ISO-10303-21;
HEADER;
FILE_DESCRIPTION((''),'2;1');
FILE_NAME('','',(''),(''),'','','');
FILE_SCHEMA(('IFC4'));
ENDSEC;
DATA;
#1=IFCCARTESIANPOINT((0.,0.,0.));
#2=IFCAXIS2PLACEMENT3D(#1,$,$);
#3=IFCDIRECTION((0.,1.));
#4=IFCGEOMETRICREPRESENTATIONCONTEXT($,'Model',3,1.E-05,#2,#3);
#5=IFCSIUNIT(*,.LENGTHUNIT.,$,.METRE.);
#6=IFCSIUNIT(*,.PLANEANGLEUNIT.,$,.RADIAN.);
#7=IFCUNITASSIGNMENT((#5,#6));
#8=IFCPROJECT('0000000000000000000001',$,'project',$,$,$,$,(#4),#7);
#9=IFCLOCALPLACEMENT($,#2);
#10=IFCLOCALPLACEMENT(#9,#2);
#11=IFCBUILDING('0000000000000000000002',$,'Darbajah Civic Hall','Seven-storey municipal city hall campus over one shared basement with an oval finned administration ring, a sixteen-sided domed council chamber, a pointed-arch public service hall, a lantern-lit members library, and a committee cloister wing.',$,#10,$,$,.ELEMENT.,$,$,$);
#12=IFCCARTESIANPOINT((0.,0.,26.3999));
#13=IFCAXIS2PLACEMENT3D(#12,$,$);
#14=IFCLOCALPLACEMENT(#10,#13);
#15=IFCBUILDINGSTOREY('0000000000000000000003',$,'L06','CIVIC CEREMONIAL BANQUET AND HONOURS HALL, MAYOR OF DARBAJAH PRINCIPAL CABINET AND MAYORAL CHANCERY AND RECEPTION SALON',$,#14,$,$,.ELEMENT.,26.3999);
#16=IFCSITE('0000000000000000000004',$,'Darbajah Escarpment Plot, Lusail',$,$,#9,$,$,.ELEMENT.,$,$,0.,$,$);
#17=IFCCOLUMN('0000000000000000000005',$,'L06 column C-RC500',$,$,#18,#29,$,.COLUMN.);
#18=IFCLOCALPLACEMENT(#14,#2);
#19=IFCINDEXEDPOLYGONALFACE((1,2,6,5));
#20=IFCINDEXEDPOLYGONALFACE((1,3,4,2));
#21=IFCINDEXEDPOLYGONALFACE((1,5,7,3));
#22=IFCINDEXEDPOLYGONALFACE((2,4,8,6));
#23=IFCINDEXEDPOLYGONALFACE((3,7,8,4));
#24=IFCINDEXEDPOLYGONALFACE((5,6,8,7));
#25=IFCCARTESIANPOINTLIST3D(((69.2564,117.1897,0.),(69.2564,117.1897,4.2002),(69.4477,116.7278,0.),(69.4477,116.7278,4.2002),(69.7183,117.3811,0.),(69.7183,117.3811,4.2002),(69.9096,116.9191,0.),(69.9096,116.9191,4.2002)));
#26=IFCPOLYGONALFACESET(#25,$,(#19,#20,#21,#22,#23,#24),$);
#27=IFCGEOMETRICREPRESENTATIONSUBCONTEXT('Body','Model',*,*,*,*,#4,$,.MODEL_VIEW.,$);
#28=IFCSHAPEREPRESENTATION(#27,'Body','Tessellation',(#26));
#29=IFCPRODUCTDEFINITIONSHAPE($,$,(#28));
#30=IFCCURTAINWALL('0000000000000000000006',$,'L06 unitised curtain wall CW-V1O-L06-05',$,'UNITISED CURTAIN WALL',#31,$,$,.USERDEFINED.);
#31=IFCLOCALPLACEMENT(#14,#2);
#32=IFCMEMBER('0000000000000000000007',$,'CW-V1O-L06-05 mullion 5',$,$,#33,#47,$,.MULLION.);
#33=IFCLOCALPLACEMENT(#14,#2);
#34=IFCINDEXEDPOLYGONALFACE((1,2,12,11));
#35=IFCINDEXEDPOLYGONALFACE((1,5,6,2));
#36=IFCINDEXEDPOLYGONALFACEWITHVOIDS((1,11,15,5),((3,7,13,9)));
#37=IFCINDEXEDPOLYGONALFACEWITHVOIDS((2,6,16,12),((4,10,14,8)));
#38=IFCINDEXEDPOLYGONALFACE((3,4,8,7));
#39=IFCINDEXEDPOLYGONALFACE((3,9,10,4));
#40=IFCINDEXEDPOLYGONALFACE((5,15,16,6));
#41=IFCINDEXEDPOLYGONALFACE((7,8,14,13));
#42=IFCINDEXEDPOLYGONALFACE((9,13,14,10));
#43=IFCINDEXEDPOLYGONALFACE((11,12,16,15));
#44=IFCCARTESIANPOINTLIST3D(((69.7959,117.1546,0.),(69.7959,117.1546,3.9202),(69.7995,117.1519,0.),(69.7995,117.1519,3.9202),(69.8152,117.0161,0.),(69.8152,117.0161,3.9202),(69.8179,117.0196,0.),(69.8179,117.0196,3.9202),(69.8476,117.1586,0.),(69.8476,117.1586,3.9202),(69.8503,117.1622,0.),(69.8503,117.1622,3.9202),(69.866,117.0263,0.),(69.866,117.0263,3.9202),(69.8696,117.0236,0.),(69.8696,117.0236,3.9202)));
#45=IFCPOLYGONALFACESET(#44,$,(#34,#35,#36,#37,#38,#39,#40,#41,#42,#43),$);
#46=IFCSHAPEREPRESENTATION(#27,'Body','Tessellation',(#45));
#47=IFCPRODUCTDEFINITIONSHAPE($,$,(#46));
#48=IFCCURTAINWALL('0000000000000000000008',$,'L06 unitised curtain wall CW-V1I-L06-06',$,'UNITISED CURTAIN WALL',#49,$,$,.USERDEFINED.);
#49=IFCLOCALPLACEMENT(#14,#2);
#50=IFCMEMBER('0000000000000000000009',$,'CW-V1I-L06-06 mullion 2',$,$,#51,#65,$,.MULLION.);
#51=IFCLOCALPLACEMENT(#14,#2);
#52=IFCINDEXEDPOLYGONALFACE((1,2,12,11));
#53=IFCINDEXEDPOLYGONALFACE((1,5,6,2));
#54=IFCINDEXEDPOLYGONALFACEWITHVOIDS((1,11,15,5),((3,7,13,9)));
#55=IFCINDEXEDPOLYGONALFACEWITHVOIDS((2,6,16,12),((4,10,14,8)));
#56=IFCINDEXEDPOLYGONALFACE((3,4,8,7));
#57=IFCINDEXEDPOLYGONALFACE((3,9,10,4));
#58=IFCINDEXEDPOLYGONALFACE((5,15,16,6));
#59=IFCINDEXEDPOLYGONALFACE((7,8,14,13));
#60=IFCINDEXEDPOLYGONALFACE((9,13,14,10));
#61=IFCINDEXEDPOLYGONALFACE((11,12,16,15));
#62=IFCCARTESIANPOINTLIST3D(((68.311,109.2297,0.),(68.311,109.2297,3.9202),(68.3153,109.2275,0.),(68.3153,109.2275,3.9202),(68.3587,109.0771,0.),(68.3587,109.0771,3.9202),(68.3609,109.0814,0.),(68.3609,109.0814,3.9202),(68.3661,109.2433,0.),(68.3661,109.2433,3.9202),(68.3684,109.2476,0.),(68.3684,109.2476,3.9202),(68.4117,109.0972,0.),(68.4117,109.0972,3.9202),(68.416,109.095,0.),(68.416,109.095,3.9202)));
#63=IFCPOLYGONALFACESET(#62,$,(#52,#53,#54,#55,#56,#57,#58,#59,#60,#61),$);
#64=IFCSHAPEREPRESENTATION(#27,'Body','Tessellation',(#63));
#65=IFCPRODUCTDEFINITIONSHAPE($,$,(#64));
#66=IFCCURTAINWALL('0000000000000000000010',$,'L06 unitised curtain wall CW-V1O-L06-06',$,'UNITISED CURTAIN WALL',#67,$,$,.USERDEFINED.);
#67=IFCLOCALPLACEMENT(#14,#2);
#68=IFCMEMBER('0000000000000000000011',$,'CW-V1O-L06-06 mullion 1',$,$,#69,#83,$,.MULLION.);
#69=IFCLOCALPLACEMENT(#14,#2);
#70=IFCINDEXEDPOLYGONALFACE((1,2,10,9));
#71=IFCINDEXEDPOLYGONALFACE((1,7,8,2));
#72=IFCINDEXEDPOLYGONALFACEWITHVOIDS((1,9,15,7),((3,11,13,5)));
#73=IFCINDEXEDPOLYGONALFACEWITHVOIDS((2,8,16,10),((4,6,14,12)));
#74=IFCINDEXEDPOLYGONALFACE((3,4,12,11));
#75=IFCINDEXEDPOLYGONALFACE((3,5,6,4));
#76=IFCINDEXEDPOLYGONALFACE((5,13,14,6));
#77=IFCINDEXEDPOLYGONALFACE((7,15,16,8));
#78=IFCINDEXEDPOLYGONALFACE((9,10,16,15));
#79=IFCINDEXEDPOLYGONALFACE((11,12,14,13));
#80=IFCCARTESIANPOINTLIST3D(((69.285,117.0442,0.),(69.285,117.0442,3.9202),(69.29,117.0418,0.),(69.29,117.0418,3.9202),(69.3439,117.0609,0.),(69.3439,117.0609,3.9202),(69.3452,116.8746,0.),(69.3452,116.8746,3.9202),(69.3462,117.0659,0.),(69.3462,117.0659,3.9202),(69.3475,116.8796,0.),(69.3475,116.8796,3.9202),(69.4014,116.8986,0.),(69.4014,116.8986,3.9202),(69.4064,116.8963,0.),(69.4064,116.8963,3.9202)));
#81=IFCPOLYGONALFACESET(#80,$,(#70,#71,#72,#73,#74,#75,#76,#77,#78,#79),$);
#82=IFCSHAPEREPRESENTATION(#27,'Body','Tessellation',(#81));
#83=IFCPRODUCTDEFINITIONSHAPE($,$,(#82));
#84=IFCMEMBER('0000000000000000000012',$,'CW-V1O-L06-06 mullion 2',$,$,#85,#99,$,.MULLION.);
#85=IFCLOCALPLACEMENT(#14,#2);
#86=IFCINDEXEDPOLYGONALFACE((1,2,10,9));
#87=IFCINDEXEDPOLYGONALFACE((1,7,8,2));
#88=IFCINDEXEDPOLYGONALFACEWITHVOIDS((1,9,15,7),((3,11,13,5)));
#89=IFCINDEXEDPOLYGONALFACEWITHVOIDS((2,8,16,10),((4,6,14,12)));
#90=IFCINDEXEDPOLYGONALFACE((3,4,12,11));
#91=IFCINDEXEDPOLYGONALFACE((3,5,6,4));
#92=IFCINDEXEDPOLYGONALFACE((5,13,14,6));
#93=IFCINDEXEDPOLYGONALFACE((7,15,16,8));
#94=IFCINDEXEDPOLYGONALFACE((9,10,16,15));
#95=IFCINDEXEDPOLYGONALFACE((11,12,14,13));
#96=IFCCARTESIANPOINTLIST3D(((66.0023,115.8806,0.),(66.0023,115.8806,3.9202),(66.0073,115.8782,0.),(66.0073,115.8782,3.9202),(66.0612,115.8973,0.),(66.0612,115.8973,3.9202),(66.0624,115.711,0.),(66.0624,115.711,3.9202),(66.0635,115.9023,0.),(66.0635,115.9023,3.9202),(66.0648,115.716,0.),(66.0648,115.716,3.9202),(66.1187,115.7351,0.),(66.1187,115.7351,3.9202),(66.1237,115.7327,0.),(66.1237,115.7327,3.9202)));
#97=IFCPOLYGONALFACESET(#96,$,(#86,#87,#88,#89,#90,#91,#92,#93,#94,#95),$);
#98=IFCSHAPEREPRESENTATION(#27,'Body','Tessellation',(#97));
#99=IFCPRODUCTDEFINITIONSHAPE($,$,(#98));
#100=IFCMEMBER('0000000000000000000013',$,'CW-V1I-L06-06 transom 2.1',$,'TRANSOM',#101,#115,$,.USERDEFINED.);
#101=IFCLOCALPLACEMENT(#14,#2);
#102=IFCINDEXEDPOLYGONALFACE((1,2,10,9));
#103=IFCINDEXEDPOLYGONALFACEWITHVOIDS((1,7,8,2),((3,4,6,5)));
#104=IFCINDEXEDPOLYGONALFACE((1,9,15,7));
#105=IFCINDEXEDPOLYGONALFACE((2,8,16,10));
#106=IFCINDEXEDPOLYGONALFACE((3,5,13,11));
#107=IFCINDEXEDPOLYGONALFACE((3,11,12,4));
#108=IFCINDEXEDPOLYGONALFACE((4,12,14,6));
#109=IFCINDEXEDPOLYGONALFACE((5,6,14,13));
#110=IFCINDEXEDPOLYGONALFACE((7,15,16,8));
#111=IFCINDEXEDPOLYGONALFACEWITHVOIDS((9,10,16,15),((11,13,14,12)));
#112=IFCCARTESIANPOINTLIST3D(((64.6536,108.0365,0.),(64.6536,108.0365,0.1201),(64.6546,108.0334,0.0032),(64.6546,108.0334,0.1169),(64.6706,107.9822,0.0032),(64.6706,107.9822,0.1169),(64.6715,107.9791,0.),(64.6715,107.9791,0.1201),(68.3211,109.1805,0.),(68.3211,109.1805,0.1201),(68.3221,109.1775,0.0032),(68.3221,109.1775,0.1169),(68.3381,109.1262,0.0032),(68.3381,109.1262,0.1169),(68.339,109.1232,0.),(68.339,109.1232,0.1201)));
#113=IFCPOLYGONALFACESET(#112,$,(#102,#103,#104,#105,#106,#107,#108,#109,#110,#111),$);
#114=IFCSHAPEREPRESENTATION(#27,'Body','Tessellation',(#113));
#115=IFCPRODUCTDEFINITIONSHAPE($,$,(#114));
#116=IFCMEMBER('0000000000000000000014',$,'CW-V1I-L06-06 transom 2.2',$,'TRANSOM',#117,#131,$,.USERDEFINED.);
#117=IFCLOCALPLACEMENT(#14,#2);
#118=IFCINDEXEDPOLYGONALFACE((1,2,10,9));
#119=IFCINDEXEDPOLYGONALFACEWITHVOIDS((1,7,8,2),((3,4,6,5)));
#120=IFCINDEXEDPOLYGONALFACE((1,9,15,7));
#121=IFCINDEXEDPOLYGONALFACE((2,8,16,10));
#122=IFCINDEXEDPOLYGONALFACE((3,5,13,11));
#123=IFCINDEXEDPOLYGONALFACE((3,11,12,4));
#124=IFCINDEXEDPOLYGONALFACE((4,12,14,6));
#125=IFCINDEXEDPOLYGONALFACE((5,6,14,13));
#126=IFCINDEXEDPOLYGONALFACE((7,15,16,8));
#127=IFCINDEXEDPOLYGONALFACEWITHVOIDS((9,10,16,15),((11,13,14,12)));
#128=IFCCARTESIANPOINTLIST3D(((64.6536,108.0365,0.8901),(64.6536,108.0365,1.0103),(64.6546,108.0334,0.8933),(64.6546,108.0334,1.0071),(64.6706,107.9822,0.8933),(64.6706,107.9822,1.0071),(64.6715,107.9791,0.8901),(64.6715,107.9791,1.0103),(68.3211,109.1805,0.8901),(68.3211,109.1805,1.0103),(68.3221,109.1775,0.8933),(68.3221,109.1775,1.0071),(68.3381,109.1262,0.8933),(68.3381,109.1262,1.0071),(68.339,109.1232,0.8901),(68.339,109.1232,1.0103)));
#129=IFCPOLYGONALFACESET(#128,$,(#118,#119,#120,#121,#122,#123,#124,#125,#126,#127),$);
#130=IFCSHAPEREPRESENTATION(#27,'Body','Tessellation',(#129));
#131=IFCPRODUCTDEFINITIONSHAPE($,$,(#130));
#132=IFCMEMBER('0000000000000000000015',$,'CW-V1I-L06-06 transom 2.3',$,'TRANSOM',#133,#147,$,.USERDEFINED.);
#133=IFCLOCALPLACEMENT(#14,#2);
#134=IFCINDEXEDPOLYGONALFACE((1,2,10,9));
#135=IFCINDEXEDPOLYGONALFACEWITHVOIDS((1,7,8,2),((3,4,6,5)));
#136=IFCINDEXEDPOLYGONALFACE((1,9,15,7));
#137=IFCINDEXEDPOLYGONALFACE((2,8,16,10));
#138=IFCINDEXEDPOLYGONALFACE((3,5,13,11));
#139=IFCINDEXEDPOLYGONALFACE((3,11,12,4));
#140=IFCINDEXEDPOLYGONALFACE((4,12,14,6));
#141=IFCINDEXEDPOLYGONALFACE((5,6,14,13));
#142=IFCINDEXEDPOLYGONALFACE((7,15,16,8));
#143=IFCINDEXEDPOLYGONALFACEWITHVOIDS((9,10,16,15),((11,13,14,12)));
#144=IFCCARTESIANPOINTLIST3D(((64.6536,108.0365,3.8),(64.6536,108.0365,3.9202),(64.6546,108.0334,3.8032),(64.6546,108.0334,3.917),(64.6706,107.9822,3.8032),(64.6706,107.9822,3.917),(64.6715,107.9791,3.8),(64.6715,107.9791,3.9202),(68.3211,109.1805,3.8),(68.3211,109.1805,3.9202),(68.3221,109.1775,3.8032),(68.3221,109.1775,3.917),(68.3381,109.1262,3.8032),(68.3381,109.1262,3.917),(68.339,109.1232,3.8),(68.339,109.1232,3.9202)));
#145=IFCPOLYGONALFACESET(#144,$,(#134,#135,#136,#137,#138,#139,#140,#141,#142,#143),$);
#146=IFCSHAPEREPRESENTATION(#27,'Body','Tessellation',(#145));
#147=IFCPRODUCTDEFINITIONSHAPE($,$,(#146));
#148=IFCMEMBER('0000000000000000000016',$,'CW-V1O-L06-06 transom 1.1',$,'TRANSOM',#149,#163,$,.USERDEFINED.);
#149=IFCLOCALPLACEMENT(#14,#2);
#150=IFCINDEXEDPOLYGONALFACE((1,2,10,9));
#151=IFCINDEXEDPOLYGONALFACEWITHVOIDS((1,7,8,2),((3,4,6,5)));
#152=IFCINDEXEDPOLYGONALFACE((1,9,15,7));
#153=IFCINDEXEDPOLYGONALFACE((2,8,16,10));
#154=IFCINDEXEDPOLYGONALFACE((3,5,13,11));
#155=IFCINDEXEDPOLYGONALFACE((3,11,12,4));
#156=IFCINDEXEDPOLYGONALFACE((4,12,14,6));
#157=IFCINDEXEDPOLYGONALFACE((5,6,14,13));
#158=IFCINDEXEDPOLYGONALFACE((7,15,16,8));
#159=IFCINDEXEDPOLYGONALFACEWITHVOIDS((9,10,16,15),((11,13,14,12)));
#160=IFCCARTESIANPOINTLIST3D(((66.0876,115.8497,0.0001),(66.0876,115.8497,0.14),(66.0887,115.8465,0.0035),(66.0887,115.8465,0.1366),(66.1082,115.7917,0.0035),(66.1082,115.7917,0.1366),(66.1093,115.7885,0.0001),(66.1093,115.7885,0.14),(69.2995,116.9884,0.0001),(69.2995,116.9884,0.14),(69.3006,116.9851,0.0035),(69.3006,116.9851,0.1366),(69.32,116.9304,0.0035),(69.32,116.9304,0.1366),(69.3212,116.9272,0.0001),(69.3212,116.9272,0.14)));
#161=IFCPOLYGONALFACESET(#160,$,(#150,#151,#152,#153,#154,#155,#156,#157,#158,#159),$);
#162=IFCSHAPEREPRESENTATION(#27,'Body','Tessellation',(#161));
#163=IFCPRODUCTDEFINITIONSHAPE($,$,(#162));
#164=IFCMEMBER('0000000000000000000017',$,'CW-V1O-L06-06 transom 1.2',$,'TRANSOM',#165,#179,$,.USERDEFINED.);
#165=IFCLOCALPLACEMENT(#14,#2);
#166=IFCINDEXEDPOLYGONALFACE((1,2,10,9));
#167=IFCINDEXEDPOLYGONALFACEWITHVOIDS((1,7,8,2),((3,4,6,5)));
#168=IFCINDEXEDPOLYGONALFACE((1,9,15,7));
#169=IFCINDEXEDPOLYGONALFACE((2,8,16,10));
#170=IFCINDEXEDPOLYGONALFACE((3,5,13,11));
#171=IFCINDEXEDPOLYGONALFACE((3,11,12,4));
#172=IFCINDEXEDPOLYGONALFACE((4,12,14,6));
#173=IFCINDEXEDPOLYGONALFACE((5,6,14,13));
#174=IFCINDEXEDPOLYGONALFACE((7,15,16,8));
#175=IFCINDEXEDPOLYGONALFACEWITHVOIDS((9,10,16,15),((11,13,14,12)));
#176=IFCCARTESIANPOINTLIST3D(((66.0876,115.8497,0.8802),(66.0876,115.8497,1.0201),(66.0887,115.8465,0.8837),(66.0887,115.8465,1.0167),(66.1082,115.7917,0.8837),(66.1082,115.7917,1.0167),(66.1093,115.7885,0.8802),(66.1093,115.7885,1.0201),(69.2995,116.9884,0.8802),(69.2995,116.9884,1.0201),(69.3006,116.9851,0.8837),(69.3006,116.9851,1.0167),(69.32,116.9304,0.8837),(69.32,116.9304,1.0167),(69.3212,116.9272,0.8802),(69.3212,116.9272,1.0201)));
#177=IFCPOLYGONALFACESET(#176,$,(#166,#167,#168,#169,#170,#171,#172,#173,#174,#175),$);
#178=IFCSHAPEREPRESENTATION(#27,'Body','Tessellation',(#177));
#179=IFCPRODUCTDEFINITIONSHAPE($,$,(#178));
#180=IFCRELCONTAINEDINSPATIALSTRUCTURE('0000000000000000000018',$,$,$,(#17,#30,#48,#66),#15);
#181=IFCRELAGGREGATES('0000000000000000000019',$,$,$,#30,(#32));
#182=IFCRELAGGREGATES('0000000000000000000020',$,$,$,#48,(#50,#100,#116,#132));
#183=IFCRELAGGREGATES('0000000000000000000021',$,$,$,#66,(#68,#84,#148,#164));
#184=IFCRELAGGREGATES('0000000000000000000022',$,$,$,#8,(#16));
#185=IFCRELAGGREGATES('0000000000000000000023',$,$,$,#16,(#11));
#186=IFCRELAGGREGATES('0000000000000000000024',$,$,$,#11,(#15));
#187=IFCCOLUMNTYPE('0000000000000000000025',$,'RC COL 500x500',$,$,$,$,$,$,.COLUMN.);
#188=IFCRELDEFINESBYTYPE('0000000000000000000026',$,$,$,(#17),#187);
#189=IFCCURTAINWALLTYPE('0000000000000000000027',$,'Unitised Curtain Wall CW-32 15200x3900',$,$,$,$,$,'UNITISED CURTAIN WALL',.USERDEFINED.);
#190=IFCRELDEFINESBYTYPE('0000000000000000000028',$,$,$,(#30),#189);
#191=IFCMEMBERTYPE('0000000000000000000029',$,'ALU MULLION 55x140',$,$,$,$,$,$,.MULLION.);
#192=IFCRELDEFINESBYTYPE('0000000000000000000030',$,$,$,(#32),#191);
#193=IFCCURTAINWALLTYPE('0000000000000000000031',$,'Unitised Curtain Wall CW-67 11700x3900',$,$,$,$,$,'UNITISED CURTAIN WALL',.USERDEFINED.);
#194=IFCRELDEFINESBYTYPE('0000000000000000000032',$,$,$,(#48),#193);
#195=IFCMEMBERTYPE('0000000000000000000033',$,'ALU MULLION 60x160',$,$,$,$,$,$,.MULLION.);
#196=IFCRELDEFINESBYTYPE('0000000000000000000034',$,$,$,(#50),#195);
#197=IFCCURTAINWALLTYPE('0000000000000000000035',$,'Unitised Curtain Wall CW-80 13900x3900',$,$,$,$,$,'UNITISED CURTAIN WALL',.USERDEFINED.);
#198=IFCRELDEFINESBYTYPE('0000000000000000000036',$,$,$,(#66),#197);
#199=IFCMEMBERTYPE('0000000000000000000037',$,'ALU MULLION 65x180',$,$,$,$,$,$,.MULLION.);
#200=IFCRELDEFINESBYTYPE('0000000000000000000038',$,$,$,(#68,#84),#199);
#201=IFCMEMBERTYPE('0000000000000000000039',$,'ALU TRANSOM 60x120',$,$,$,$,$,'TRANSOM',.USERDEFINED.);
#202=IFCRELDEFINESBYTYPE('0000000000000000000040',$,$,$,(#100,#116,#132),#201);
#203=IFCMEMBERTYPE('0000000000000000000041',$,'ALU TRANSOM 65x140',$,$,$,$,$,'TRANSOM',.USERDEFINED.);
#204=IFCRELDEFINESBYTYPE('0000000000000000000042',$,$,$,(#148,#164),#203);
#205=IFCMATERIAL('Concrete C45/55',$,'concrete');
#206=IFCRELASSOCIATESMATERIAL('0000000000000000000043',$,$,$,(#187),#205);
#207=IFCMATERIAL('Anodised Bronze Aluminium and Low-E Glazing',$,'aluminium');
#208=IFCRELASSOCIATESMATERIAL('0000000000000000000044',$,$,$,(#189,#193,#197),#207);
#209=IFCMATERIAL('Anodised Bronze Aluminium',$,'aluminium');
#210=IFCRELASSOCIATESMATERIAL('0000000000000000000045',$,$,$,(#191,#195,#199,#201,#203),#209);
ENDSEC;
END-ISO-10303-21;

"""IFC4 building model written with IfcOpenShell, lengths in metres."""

from ifc_helpers import new_model, si_unit, direction, frame, origin, origin_2d, place, context, subcontext, project, spatial, rectangle, hollow_rectangle, extrude, material, material_profile, profile_set, type_object, element, aggregate, save


model = new_model("IFC4")

# Units and contexts
model_context = context("Model", 3, precision=1e-05, world=origin(), true_north=direction((0.0, 1.0)))
body_context = subcontext(model_context, "Body", "Model", "MODEL_VIEW")
ifc_project = project(units=[si_unit("LENGTHUNIT", "METRE"), si_unit("PLANEANGLEUNIT", "RADIAN")], contexts=[model_context])

# Site, building, storey
site_placement = place(None, origin())
site = spatial("IfcSite", under=ifc_project, at=site_placement, Name="Darbajah Escarpment Plot, Lusail", CompositionType="ELEMENT", RefElevation=0.0)
building_placement = place(site_placement, origin())
building = spatial("IfcBuilding", under=site, at=building_placement, Name="Darbajah Civic Hall", Description="Seven-storey municipal city hall campus over one shared basement with an oval finned administration ring, a sixteen-sided domed council chamber, a pointed-arch public service hall, a lantern-lit members library, and a committee cloister wing.", CompositionType="ELEMENT")
storey_placement = place(building_placement, frame((0.0, 0.0, 26.3999)))
storey = spatial("IfcBuildingStorey", under=building, at=storey_placement, Name="L06", Description="CIVIC CEREMONIAL BANQUET AND HONOURS HALL, MAYOR OF DARBAJAH PRINCIPAL CABINET AND MAYORAL CHANCERY AND RECEPTION SALON", CompositionType="ELEMENT", Elevation=26.3999)

# Column
ifc_material_1 = material(Name="Concrete C45/55", Category="concrete")
ifc_material_profile_1 = material_profile(ifc_material_1, rectangle(XDim=0.5, YDim=0.5, at=origin_2d()), Name="RC COL 500x500")
ifc_profile_set_1 = profile_set([ifc_material_profile_1], Name="Concrete C45/55")
column_type = type_object("IfcColumnType", Name="RC COL 500x500", PredefinedType="COLUMN", material=ifc_profile_set_1)
column_placement = place(storey_placement, frame((69.583, 117.0544, 0.0), z_axis=(0.0, 0.0, 1.0), x_axis=(-0.382683, 0.92388, 0.0)))
element("IfcColumn", 1, at=column_placement, inside=storey, type_object=column_type, Name="L06 column C-RC500", PredefinedType="COLUMN", context=body_context, shape_type="SweptSolid", body=[
    extrude(rectangle(XDim=0.5, YDim=0.5, at=origin_2d()), origin(), (0.0, 0.0, 1.0), 4.2002),
])

# Curtain walls, members
ifc_material_2 = material(Name="Anodised Bronze Aluminium and Low-E Glazing", Category="aluminium")
curtain_wall_type_1 = type_object("IfcCurtainWallType", Name="Unitised Curtain Wall CW-32 15200x3900", ElementType="UNITISED CURTAIN WALL", PredefinedType="USERDEFINED", material=ifc_material_2)
curtain_wall_1_placement = place(storey_placement, origin())
curtain_wall_1 = element("IfcCurtainWall", 2, at=curtain_wall_1_placement, inside=storey, type_object=curtain_wall_type_1, Name="L06 unitised curtain wall CW-V1O-L06-05", ObjectType="UNITISED CURTAIN WALL", PredefinedType="USERDEFINED")
ifc_material_3 = material(Name="Anodised Bronze Aluminium", Category="aluminium")
ifc_material_profile_2 = material_profile(ifc_material_3, hollow_rectangle(XDim=0.0549, YDim=0.1399, WallThickness=0.0032, at=origin_2d()), Name="ALU MULLION 55x140")
ifc_profile_set_2 = profile_set([ifc_material_profile_2], Name="Anodised Bronze Aluminium")
member_type_1 = type_object("IfcMemberType", Name="ALU MULLION 55x140", PredefinedType="MULLION", material=ifc_profile_set_2)
member_1_placement = place(storey_placement, frame((69.8328, 117.0891, 0.0), z_axis=(0.0, 0.0, 1.0), x_axis=(-0.990485, -0.137617, 0.0)))
member_1 = element("IfcMember", 3, at=member_1_placement, type_object=member_type_1, Name="CW-V1O-L06-05 mullion 5", PredefinedType="MULLION", context=body_context, shape_type="SweptSolid", body=[
    extrude(hollow_rectangle(XDim=0.0549, YDim=0.1399, WallThickness=0.0032, at=origin_2d()), origin(), (0.0, 0.0, 1.0), 3.9202),
])
curtain_wall_type_2 = type_object("IfcCurtainWallType", Name="Unitised Curtain Wall CW-67 11700x3900", ElementType="UNITISED CURTAIN WALL", PredefinedType="USERDEFINED", material=ifc_material_2)
curtain_wall_2_placement = place(storey_placement, origin())
curtain_wall_2 = element("IfcCurtainWall", 4, at=curtain_wall_2_placement, inside=storey, type_object=curtain_wall_type_2, Name="L06 unitised curtain wall CW-V1I-L06-06", ObjectType="UNITISED CURTAIN WALL", PredefinedType="USERDEFINED")
ifc_material_profile_3 = material_profile(ifc_material_3, hollow_rectangle(XDim=0.0601, YDim=0.1599, WallThickness=0.0034, at=origin_2d()), Name="ALU MULLION 60x160")
ifc_profile_set_3 = profile_set([ifc_material_profile_3], Name="Anodised Bronze Aluminium")
member_type_2 = type_object("IfcMemberType", Name="ALU MULLION 60x160", PredefinedType="MULLION", material=ifc_profile_set_3)
member_2_placement = place(storey_placement, frame((68.3635, 109.1624, 0.0), z_axis=(0.0, 0.0, 1.0), x_axis=(-0.954605, -0.297875, 0.0)))
member_2 = element("IfcMember", 5, at=member_2_placement, type_object=member_type_2, Name="CW-V1I-L06-06 mullion 2", PredefinedType="MULLION", context=body_context, shape_type="SweptSolid", body=[
    extrude(hollow_rectangle(XDim=0.0601, YDim=0.1599, WallThickness=0.0034, at=origin_2d()), origin(), (0.0, 0.0, 1.0), 3.9202),
])

# Curtain wall, members
curtain_wall_type_3 = type_object("IfcCurtainWallType", Name="Unitised Curtain Wall CW-80 13900x3900", ElementType="UNITISED CURTAIN WALL", PredefinedType="USERDEFINED", material=ifc_material_2)
curtain_wall_3_placement = place(storey_placement, origin())
curtain_wall_3 = element("IfcCurtainWall", 6, at=curtain_wall_3_placement, inside=storey, type_object=curtain_wall_type_3, Name="L06 unitised curtain wall CW-V1O-L06-06", ObjectType="UNITISED CURTAIN WALL", PredefinedType="USERDEFINED")
ifc_material_profile_4 = material_profile(ifc_material_3, hollow_rectangle(XDim=0.0649, YDim=0.1799, WallThickness=0.0039, at=origin_2d()), Name="ALU MULLION 65x180")
ifc_profile_set_4 = profile_set([ifc_material_profile_4], Name="Anodised Bronze Aluminium")
member_type_3 = type_object("IfcMemberType", Name="ALU MULLION 65x180", PredefinedType="MULLION", material=ifc_profile_set_4)
member_3_placement = place(storey_placement, frame((69.3457, 116.9702, 0.0), z_axis=(0.0, 0.0, 1.0), x_axis=(-0.942525, -0.334136, 0.0)))
member_3 = element("IfcMember", 7, at=member_3_placement, type_object=member_type_3, Name="CW-V1O-L06-06 mullion 1", PredefinedType="MULLION", context=body_context, shape_type="SweptSolid", body=[
    extrude(hollow_rectangle(XDim=0.0649, YDim=0.1799, WallThickness=0.0039, at=origin_2d()), origin(), (0.0, 0.0, 1.0), 3.9202),
])
member_4_placement = place(storey_placement, frame((66.063, 115.8066, 0.0), z_axis=(0.0, 0.0, 1.0), x_axis=(-0.942525, -0.334136, 0.0)))
member_4 = element("IfcMember", 8, at=member_4_placement, type_object=member_type_3, Name="CW-V1O-L06-06 mullion 2", PredefinedType="MULLION", context=body_context, shape_type="SweptSolid", body=[
    extrude(hollow_rectangle(XDim=0.0649, YDim=0.1799, WallThickness=0.0039, at=origin_2d()), origin(), (0.0, 0.0, 1.0), 3.9202),
])

# Members
ifc_material_profile_5 = material_profile(ifc_material_3, hollow_rectangle(XDim=0.0601, YDim=0.1201, WallThickness=0.0032, at=origin_2d()), Name="ALU TRANSOM 60x120")
ifc_profile_set_5 = profile_set([ifc_material_profile_5], Name="Anodised Bronze Aluminium")
member_type_4 = type_object("IfcMemberType", Name="ALU TRANSOM 60x120", ElementType="TRANSOM", PredefinedType="USERDEFINED", material=ifc_profile_set_5)
member_5_placement = place(storey_placement, frame((68.3301, 109.1519, 0.0601), z_axis=(-0.954631, -0.29779, 0.0), x_axis=(0.29779, -0.954631, 0.0)))
member_5 = element("IfcMember", 9, at=member_5_placement, type_object=member_type_4, Name="CW-V1I-L06-06 transom 2.1", ObjectType="TRANSOM", PredefinedType="USERDEFINED", context=body_context, shape_type="SweptSolid", body=[
    extrude(hollow_rectangle(XDim=0.0601, YDim=0.1201, WallThickness=0.0032, at=origin_2d()), origin(), (0.0, 0.0, 1.0), 3.8418),
])
member_6_placement = place(storey_placement, frame((68.3301, 109.1519, 0.9502), z_axis=(-0.954631, -0.29779, 0.0), x_axis=(0.29779, -0.954631, 0.0)))
member_6 = element("IfcMember", 10, at=member_6_placement, type_object=member_type_4, Name="CW-V1I-L06-06 transom 2.2", ObjectType="TRANSOM", PredefinedType="USERDEFINED", context=body_context, shape_type="SweptSolid", body=[
    extrude(hollow_rectangle(XDim=0.0601, YDim=0.1201, WallThickness=0.0032, at=origin_2d()), origin(), (0.0, 0.0, 1.0), 3.8418),
])
member_7_placement = place(storey_placement, frame((68.3301, 109.1519, 3.8601), z_axis=(-0.954631, -0.29779, 0.0), x_axis=(0.29779, -0.954631, 0.0)))
member_7 = element("IfcMember", 11, at=member_7_placement, type_object=member_type_4, Name="CW-V1I-L06-06 transom 2.3", ObjectType="TRANSOM", PredefinedType="USERDEFINED", context=body_context, shape_type="SweptSolid", body=[
    extrude(hollow_rectangle(XDim=0.0601, YDim=0.1201, WallThickness=0.0032, at=origin_2d()), origin(), (0.0, 0.0, 1.0), 3.8418),
])
ifc_material_profile_6 = material_profile(ifc_material_3, hollow_rectangle(XDim=0.0649, YDim=0.1399, WallThickness=0.0034, at=origin_2d()), Name="ALU TRANSOM 65x140")
ifc_profile_set_6 = profile_set([ifc_material_profile_6], Name="Anodised Bronze Aluminium")
member_type_5 = type_object("IfcMemberType", Name="ALU TRANSOM 65x140", ElementType="TRANSOM", PredefinedType="USERDEFINED", material=ifc_profile_set_6)
member_8_placement = place(storey_placement, frame((69.3103, 116.9578, 0.0701), z_axis=(-0.942524, -0.334139, 0.0), x_axis=(0.334139, -0.942524, 0.0)))
member_8 = element("IfcMember", 12, at=member_8_placement, type_object=member_type_5, Name="CW-V1O-L06-06 transom 1.1", ObjectType="TRANSOM", PredefinedType="USERDEFINED", context=body_context, shape_type="SweptSolid", body=[
    extrude(hollow_rectangle(XDim=0.0649, YDim=0.1399, WallThickness=0.0034, at=origin_2d()), origin(), (0.0, 0.0, 1.0), 3.4077),
])
member_9_placement = place(storey_placement, frame((69.3103, 116.9578, 0.9502), z_axis=(-0.942524, -0.334139, 0.0), x_axis=(0.334139, -0.942524, 0.0)))
member_9 = element("IfcMember", 13, at=member_9_placement, type_object=member_type_5, Name="CW-V1O-L06-06 transom 1.2", ObjectType="TRANSOM", PredefinedType="USERDEFINED", context=body_context, shape_type="SweptSolid", body=[
    extrude(hollow_rectangle(XDim=0.0649, YDim=0.1399, WallThickness=0.0034, at=origin_2d()), origin(), (0.0, 0.0, 1.0), 3.4077),
])

aggregate(curtain_wall_1, [member_1])
aggregate(curtain_wall_2, [member_2, member_5, member_6, member_7])
aggregate(curtain_wall_3, [member_3, member_4, member_8, member_9])

save(model, "model.ifc")
